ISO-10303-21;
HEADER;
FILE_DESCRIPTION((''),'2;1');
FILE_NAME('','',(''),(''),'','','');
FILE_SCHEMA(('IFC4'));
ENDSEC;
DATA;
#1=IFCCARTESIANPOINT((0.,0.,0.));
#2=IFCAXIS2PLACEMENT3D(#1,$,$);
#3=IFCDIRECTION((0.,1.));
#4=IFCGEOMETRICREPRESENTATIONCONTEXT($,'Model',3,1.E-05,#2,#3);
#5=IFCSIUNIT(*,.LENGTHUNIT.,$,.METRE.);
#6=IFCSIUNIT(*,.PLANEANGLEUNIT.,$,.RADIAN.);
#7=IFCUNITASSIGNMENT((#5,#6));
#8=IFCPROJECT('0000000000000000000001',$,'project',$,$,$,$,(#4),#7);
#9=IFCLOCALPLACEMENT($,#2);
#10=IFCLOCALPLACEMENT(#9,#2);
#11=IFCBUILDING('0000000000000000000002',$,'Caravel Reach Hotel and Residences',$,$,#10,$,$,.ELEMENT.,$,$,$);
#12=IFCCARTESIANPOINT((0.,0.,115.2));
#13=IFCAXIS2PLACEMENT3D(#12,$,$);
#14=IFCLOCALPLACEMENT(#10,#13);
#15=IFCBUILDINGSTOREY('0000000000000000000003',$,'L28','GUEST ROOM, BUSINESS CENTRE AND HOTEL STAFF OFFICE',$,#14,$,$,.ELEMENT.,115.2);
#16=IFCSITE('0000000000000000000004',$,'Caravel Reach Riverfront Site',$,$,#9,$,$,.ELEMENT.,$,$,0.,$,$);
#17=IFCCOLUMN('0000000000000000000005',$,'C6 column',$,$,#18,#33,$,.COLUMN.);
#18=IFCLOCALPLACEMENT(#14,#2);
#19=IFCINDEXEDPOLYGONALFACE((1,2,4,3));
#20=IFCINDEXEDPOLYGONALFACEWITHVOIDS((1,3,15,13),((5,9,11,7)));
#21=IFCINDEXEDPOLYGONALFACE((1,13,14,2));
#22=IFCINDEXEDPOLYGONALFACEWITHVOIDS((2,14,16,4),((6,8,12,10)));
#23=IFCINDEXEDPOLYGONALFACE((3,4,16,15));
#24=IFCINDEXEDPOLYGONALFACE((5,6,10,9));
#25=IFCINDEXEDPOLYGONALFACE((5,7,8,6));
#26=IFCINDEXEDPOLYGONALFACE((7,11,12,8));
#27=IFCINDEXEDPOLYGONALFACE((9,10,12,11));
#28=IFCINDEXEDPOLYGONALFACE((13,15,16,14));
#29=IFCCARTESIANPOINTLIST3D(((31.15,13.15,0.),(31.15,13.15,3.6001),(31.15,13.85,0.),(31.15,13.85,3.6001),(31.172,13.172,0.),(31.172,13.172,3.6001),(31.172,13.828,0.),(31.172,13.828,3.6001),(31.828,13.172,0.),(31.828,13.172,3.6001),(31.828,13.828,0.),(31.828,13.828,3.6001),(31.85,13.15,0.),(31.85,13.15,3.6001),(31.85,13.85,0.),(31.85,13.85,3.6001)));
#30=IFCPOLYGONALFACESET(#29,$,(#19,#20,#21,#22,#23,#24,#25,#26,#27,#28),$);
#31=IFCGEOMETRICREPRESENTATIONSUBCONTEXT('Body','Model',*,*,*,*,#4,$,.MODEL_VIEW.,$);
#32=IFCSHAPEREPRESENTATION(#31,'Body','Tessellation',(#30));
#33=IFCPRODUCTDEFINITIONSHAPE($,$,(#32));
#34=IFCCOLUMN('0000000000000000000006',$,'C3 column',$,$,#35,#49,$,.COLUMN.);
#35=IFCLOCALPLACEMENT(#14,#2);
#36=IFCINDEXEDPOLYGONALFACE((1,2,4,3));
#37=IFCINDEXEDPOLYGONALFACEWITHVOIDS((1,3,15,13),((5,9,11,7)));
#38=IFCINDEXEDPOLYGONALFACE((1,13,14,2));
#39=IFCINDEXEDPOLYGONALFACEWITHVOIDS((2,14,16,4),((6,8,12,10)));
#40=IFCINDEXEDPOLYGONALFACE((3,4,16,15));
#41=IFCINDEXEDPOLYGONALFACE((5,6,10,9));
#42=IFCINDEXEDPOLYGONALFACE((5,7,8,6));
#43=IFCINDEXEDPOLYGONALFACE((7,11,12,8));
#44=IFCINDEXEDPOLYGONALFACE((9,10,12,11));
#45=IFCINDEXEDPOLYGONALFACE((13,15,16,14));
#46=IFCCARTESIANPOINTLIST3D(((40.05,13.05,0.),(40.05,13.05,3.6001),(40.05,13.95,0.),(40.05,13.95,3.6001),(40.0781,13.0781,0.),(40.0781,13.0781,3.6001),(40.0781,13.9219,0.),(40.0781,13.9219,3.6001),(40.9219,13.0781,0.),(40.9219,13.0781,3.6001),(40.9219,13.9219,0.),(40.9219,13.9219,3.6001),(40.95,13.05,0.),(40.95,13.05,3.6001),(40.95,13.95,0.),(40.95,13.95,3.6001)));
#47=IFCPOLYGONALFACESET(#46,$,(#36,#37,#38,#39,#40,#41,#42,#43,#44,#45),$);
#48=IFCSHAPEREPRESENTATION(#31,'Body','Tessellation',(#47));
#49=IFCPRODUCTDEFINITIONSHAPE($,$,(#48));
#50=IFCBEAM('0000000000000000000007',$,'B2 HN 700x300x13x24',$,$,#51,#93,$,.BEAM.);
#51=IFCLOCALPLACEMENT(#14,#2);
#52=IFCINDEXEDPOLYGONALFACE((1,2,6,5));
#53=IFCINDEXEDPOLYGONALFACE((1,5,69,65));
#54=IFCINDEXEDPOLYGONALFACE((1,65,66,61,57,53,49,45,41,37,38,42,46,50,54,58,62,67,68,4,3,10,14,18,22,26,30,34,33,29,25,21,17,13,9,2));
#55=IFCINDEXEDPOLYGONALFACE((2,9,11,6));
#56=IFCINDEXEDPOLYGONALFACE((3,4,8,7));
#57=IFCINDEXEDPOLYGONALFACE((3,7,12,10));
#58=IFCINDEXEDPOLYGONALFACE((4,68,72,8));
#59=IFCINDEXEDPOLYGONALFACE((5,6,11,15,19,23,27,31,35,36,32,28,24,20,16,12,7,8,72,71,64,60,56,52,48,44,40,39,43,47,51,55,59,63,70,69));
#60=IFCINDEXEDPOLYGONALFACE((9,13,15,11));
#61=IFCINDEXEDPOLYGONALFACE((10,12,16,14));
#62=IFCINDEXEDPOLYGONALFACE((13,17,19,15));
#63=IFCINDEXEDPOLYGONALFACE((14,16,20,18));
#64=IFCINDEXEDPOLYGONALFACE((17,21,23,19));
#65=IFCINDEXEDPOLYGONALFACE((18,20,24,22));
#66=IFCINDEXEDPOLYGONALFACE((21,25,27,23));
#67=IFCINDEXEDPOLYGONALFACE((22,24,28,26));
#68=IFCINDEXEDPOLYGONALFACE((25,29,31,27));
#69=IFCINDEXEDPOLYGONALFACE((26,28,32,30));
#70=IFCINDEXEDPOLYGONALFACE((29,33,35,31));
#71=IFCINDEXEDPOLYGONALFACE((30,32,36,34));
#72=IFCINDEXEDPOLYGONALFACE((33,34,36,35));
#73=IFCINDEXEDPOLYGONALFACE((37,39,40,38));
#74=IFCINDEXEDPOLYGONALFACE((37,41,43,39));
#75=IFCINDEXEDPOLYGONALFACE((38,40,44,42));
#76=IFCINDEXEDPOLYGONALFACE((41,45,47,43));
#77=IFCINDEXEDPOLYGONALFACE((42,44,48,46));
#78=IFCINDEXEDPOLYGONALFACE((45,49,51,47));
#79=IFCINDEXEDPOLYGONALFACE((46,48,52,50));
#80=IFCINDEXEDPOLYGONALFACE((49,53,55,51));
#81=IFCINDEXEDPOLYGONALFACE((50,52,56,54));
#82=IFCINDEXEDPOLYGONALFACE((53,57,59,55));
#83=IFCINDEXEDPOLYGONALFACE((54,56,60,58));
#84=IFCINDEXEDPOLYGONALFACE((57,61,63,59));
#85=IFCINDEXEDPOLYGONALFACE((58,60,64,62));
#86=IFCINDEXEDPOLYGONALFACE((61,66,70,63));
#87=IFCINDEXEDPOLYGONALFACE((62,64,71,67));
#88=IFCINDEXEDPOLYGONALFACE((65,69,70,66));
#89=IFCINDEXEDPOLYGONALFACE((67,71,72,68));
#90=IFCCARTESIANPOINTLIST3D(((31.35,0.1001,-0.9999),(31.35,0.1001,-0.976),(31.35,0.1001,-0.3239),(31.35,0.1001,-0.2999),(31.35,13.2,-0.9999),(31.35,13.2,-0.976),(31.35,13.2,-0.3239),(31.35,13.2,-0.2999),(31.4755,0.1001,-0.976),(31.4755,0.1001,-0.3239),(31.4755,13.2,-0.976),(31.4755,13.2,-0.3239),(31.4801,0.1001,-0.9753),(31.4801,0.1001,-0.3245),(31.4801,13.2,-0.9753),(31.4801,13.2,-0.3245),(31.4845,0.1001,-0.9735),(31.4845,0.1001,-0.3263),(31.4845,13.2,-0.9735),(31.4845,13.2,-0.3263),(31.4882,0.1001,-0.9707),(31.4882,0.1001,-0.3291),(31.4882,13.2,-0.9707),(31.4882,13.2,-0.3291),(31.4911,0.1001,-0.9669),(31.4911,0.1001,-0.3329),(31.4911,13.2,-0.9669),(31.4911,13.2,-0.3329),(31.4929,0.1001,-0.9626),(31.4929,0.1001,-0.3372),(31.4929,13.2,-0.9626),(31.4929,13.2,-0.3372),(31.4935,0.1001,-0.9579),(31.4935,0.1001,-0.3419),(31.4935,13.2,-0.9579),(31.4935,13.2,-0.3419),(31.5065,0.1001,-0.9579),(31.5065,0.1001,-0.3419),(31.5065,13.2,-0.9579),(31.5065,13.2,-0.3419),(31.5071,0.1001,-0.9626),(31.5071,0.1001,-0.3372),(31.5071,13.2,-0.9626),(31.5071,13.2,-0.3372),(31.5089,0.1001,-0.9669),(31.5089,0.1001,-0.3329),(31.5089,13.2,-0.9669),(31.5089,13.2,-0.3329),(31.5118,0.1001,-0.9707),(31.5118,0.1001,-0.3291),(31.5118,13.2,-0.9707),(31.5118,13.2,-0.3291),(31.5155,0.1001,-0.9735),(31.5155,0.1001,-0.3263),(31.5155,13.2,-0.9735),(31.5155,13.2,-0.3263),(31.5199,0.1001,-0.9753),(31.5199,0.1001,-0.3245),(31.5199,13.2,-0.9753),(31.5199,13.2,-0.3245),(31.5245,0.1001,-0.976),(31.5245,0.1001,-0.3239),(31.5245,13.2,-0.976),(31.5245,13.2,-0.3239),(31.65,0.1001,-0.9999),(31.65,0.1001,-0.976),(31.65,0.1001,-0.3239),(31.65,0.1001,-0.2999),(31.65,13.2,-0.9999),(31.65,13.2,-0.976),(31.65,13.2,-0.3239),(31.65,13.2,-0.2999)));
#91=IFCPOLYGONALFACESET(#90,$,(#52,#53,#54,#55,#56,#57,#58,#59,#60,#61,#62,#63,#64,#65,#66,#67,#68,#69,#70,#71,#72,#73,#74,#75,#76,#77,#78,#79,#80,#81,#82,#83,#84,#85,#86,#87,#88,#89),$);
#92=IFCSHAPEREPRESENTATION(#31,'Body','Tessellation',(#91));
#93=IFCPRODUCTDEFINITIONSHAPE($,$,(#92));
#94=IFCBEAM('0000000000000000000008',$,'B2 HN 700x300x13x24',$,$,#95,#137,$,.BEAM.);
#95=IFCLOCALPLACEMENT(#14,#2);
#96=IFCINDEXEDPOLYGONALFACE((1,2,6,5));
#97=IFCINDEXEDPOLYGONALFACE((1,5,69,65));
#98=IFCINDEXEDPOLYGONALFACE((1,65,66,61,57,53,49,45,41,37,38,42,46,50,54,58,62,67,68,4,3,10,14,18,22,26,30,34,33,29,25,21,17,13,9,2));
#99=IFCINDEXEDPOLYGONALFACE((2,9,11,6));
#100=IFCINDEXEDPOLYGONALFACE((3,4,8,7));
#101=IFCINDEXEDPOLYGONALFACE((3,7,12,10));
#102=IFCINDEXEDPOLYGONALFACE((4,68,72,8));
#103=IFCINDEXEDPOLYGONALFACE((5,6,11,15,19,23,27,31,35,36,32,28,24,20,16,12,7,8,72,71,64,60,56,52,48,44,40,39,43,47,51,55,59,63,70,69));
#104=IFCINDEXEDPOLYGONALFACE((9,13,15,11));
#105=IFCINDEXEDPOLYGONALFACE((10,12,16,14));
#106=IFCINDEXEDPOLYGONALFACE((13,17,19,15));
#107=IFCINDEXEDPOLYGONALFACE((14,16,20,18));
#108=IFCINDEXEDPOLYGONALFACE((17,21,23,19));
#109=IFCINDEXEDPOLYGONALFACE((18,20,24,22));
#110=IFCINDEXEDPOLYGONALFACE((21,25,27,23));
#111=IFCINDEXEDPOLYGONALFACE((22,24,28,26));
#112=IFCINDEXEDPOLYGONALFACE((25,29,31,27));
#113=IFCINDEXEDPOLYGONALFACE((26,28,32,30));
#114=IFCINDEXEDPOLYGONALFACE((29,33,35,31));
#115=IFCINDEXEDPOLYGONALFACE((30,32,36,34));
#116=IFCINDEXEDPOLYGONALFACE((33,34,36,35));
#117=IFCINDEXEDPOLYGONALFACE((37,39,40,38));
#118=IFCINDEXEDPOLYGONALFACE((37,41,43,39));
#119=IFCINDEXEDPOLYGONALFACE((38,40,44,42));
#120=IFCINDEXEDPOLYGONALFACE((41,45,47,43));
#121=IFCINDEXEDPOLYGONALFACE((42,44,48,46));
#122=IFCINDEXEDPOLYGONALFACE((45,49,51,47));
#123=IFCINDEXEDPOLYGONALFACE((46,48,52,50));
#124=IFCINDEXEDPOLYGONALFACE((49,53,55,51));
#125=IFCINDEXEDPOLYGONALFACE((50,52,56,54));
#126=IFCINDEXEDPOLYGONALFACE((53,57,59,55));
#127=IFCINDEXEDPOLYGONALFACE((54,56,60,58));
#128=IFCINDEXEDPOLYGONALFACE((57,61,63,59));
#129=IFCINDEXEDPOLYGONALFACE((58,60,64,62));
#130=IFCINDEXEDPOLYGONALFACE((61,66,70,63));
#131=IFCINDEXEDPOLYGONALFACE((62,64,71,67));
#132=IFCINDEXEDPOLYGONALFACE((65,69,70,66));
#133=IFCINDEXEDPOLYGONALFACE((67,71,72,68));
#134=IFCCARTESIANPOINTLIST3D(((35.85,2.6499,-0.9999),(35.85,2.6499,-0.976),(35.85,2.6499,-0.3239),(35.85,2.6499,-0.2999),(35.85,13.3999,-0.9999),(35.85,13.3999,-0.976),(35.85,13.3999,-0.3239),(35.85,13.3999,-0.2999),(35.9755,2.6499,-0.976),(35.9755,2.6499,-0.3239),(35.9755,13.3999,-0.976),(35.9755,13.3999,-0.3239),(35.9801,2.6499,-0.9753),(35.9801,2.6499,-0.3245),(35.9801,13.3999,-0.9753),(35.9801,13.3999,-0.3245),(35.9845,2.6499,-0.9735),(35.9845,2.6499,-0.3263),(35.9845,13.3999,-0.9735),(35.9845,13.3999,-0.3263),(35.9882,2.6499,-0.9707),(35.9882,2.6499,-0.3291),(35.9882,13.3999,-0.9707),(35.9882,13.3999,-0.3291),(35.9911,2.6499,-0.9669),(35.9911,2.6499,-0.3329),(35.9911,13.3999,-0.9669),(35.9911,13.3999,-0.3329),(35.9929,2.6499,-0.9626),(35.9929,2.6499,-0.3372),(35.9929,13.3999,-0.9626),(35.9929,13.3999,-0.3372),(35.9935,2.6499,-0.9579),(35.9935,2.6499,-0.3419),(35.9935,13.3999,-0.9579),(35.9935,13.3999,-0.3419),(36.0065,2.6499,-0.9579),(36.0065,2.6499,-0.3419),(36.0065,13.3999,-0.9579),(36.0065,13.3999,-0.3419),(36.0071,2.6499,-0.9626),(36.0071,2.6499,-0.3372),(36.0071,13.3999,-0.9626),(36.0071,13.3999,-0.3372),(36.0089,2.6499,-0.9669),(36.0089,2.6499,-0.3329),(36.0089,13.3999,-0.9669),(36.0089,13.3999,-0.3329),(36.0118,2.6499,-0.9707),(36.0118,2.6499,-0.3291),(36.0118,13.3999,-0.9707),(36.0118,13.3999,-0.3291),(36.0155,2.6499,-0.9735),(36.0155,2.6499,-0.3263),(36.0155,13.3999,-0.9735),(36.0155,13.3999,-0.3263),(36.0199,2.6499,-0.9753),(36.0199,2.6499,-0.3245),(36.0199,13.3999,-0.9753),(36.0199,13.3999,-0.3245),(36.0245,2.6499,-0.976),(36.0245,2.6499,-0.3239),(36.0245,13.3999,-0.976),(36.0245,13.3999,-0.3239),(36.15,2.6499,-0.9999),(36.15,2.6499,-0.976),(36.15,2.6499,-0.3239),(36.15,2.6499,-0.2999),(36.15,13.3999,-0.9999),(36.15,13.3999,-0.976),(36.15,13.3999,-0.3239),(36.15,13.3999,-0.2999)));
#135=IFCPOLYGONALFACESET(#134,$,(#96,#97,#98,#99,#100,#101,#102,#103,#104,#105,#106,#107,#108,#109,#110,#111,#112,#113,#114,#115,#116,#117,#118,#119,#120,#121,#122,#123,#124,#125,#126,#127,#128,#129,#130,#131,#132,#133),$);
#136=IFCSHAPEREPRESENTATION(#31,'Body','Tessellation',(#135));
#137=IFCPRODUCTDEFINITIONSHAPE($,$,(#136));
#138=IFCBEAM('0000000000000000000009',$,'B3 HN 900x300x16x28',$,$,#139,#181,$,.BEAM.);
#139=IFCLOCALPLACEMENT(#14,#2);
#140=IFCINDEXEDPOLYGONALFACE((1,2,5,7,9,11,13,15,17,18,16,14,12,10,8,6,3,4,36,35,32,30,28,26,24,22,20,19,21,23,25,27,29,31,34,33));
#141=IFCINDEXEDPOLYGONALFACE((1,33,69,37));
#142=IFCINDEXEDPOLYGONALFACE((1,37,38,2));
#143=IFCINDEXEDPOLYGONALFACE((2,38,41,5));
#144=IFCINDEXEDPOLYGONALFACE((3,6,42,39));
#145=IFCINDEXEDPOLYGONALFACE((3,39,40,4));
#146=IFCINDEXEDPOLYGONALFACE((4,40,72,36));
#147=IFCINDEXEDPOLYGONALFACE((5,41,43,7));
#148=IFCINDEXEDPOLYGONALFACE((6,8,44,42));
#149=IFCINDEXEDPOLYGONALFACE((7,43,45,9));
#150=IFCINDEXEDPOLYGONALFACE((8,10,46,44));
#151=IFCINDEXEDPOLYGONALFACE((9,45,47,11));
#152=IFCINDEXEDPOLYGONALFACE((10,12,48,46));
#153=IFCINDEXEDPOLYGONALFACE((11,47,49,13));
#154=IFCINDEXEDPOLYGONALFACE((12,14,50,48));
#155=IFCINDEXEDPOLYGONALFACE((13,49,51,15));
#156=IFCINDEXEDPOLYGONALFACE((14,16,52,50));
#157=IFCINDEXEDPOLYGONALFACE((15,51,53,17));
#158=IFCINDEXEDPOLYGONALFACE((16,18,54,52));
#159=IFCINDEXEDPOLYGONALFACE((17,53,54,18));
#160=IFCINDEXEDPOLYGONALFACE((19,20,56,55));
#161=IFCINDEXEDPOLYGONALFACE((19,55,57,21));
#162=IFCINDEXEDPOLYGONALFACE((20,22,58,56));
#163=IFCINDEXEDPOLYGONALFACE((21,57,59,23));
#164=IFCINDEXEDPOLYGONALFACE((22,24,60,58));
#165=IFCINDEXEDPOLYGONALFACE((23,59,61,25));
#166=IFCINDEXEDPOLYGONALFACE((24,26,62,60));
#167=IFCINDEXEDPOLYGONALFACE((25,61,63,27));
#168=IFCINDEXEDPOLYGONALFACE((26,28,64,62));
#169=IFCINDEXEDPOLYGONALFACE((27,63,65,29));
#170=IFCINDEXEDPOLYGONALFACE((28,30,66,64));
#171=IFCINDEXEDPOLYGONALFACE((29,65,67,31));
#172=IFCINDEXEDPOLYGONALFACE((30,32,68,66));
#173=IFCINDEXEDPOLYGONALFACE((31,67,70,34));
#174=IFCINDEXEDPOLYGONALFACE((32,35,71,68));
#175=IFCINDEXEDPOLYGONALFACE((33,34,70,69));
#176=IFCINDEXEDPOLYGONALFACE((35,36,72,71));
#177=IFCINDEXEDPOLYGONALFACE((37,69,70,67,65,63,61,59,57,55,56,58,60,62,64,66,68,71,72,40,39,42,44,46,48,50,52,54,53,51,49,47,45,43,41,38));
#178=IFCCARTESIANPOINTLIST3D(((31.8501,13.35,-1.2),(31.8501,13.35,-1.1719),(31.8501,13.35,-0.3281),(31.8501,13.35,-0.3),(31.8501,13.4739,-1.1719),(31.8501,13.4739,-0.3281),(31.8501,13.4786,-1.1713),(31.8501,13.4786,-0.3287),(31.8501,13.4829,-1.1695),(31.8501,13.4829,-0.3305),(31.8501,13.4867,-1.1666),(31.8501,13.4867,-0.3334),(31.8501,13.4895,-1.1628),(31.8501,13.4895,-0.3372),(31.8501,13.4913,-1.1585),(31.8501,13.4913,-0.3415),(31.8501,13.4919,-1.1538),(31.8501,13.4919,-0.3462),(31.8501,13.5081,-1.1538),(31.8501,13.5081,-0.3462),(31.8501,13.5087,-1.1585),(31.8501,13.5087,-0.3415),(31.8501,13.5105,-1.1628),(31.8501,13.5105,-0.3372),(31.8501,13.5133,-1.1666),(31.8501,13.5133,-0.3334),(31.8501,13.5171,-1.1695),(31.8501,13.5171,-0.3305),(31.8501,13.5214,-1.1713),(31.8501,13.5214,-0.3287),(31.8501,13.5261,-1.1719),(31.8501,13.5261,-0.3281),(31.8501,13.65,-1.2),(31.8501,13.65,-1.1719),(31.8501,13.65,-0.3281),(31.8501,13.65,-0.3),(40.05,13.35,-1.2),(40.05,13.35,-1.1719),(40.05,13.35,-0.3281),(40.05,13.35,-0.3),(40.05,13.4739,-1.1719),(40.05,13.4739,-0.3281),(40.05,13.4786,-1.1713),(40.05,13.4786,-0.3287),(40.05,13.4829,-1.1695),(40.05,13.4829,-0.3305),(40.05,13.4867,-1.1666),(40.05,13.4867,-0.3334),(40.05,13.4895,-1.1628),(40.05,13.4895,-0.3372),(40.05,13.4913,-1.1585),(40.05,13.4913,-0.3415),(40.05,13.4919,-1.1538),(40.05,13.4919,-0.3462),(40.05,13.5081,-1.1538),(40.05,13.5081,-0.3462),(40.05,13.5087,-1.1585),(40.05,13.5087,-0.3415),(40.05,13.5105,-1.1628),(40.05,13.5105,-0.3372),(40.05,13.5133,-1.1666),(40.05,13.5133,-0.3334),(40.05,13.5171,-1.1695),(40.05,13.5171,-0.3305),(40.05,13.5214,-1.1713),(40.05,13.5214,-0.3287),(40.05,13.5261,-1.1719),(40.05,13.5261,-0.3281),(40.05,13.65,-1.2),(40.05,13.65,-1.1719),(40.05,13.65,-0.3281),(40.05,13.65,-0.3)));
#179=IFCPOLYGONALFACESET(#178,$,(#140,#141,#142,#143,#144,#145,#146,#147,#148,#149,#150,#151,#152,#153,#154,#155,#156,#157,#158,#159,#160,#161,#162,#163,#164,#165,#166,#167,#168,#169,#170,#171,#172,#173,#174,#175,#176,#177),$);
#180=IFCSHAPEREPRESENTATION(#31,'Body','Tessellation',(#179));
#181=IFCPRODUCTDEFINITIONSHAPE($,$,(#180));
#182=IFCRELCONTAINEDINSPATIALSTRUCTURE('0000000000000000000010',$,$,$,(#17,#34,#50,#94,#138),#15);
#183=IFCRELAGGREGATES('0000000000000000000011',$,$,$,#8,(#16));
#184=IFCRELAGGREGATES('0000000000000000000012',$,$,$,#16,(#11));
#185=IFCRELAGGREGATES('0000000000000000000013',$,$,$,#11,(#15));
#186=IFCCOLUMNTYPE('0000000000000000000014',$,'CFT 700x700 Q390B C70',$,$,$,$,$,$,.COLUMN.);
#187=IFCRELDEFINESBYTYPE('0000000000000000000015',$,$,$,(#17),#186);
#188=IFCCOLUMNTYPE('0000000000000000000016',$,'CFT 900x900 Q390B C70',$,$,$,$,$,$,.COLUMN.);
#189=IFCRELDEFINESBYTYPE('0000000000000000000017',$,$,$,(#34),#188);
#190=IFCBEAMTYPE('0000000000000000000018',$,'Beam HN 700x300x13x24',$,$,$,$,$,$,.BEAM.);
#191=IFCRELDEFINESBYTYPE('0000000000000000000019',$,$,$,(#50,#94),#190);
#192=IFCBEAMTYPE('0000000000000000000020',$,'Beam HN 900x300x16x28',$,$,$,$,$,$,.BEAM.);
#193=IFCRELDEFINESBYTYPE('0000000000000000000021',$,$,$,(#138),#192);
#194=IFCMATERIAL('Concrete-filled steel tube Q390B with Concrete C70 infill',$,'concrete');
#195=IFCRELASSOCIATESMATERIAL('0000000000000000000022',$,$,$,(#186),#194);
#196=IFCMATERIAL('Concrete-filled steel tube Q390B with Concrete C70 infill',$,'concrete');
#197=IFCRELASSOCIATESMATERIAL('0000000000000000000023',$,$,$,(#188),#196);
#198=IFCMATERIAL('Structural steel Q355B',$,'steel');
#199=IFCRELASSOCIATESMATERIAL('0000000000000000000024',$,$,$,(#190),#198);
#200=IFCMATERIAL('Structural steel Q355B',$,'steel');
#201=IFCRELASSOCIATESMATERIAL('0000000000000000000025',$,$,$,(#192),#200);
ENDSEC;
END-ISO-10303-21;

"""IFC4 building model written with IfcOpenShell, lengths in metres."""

from ifc_helpers import new_model, si_unit, direction, frame, origin, origin_2d, place, context, subcontext, project, spatial, hollow_rectangle, i_section, extrude, material, material_profile, profile_set, type_object, element, save


model = new_model("IFC4")

# Units and contexts
model_context = context("Model", 3, precision=1e-05, world=origin(), true_north=direction((0.0, 1.0)))
body_context = subcontext(model_context, "Body", "Model", "MODEL_VIEW")
ifc_project = project(units=[si_unit("LENGTHUNIT", "METRE"), si_unit("PLANEANGLEUNIT", "RADIAN")], contexts=[model_context])

# Site, building, storey
site_placement = place(None, origin())
site = spatial("IfcSite", under=ifc_project, at=site_placement, Name="Caravel Reach Riverfront Site", CompositionType="ELEMENT", RefElevation=0.0)
building_placement = place(site_placement, origin())
building = spatial("IfcBuilding", under=site, at=building_placement, Name="Caravel Reach Hotel and Residences", CompositionType="ELEMENT")
storey_placement = place(building_placement, frame((0.0, 0.0, 115.2)))
storey = spatial("IfcBuildingStorey", under=building, at=storey_placement, Name="L28", Description="GUEST ROOM, BUSINESS CENTRE AND HOTEL STAFF OFFICE", CompositionType="ELEMENT", Elevation=115.2)

# Columns
ifc_material_1 = material(Name="Concrete-filled steel tube Q390B with Concrete C70 infill", Category="concrete")
ifc_material_profile_1 = material_profile(ifc_material_1, hollow_rectangle(XDim=0.7, YDim=0.7, WallThickness=0.022, at=origin_2d()), Name="RHS 700x700x22")
ifc_profile_set_1 = profile_set([ifc_material_profile_1], Name="Concrete-filled steel tube Q390B with Concrete C70 infill")
column_type_1 = type_object("IfcColumnType", Name="CFT 700x700 Q390B C70", PredefinedType="COLUMN", material=ifc_profile_set_1)
column_1_placement = place(storey_placement, frame((31.5, 13.5, 0.0), z_axis=(0.0, 0.0, 1.0), x_axis=(1.0, 0.0, 0.0)))
element("IfcColumn", 1, at=column_1_placement, inside=storey, type_object=column_type_1, Name="C6 column", PredefinedType="COLUMN", context=body_context, shape_type="SweptSolid", body=[
    extrude(hollow_rectangle(XDim=0.7, YDim=0.7, WallThickness=0.022, at=origin_2d()), origin(), (0.0, 0.0, 1.0), 3.6001),
])
ifc_material_2 = material(Name="Concrete-filled steel tube Q390B with Concrete C70 infill", Category="concrete")
ifc_material_profile_2 = material_profile(ifc_material_2, hollow_rectangle(XDim=0.8999, YDim=0.8999, WallThickness=0.0281, at=origin_2d()), Name="RHS 900x900x28")
ifc_profile_set_2 = profile_set([ifc_material_profile_2], Name="Concrete-filled steel tube Q390B with Concrete C70 infill")
column_type_2 = type_object("IfcColumnType", Name="CFT 900x900 Q390B C70", PredefinedType="COLUMN", material=ifc_profile_set_2)
column_2_placement = place(storey_placement, frame((40.5, 13.5, 0.0), z_axis=(0.0, 0.0, 1.0), x_axis=(1.0, 0.0, 0.0)))
element("IfcColumn", 2, at=column_2_placement, inside=storey, type_object=column_type_2, Name="C3 column", PredefinedType="COLUMN", context=body_context, shape_type="SweptSolid", body=[
    extrude(hollow_rectangle(XDim=0.8999, YDim=0.8999, WallThickness=0.0281, at=origin_2d()), origin(), (0.0, 0.0, 1.0), 3.6001),
])

# Beams
ifc_material_3 = material(Name="Structural steel Q355B", Category="steel")
ifc_material_profile_3 = material_profile(ifc_material_3, i_section(OverallWidth=0.3, OverallDepth=0.7, WebThickness=0.0129, FlangeThickness=0.0239, FilletRadius=0.0181, at=origin_2d()), Name="HN 700x300x13x24")
ifc_profile_set_3 = profile_set([ifc_material_profile_3], Name="Structural steel Q355B")
beam_type_1 = type_object("IfcBeamType", Name="Beam HN 700x300x13x24", PredefinedType="BEAM", material=ifc_profile_set_3)
beam_1_placement = place(storey_placement, frame((31.5, 13.2, -0.6499), z_axis=(0.0, -1.0, 0.0), x_axis=(1.0, 0.0, 0.0)))
element("IfcBeam", 3, at=beam_1_placement, inside=storey, type_object=beam_type_1, Name="B2 HN 700x300x13x24", PredefinedType="BEAM", context=body_context, shape_type="SweptSolid", body=[
    extrude(i_section(OverallWidth=0.3, OverallDepth=0.7, WebThickness=0.0129, FlangeThickness=0.0239, FilletRadius=0.0181, at=origin_2d()), origin(), (0.0, 0.0, 1.0), 13.0999),
])
beam_2_placement = place(storey_placement, frame((36.0, 13.3999, -0.6499), z_axis=(0.0, -1.0, 0.0), x_axis=(1.0, 0.0, 0.0)))
element("IfcBeam", 4, at=beam_2_placement, inside=storey, type_object=beam_type_1, Name="B2 HN 700x300x13x24", PredefinedType="BEAM", context=body_context, shape_type="SweptSolid", body=[
    extrude(i_section(OverallWidth=0.3, OverallDepth=0.7, WebThickness=0.0129, FlangeThickness=0.0239, FilletRadius=0.0181, at=origin_2d()), origin(), (0.0, 0.0, 1.0), 10.75),
])
ifc_material_4 = material(Name="Structural steel Q355B", Category="steel")
ifc_material_profile_4 = material_profile(ifc_material_4, i_section(OverallWidth=0.3, OverallDepth=0.8999, WebThickness=0.0161, FlangeThickness=0.0281, FilletRadius=0.0181, at=origin_2d()), Name="HN 900x300x16x28")
ifc_profile_set_4 = profile_set([ifc_material_profile_4], Name="Structural steel Q355B")
beam_type_2 = type_object("IfcBeamType", Name="Beam HN 900x300x16x28", PredefinedType="BEAM", material=ifc_profile_set_4)
beam_3_placement = place(storey_placement, frame((31.8501, 13.5, -0.75), z_axis=(1.0, 0.0, 0.0), x_axis=(0.0, 1.0, 0.0)))
element("IfcBeam", 5, at=beam_3_placement, inside=storey, type_object=beam_type_2, Name="B3 HN 900x300x16x28", PredefinedType="BEAM", context=body_context, shape_type="SweptSolid", body=[
    extrude(i_section(OverallWidth=0.3, OverallDepth=0.8999, WebThickness=0.0161, FlangeThickness=0.0281, FilletRadius=0.0181, at=origin_2d()), origin(), (0.0, 0.0, 1.0), 8.2),
])

save(model, "model.ifc")
